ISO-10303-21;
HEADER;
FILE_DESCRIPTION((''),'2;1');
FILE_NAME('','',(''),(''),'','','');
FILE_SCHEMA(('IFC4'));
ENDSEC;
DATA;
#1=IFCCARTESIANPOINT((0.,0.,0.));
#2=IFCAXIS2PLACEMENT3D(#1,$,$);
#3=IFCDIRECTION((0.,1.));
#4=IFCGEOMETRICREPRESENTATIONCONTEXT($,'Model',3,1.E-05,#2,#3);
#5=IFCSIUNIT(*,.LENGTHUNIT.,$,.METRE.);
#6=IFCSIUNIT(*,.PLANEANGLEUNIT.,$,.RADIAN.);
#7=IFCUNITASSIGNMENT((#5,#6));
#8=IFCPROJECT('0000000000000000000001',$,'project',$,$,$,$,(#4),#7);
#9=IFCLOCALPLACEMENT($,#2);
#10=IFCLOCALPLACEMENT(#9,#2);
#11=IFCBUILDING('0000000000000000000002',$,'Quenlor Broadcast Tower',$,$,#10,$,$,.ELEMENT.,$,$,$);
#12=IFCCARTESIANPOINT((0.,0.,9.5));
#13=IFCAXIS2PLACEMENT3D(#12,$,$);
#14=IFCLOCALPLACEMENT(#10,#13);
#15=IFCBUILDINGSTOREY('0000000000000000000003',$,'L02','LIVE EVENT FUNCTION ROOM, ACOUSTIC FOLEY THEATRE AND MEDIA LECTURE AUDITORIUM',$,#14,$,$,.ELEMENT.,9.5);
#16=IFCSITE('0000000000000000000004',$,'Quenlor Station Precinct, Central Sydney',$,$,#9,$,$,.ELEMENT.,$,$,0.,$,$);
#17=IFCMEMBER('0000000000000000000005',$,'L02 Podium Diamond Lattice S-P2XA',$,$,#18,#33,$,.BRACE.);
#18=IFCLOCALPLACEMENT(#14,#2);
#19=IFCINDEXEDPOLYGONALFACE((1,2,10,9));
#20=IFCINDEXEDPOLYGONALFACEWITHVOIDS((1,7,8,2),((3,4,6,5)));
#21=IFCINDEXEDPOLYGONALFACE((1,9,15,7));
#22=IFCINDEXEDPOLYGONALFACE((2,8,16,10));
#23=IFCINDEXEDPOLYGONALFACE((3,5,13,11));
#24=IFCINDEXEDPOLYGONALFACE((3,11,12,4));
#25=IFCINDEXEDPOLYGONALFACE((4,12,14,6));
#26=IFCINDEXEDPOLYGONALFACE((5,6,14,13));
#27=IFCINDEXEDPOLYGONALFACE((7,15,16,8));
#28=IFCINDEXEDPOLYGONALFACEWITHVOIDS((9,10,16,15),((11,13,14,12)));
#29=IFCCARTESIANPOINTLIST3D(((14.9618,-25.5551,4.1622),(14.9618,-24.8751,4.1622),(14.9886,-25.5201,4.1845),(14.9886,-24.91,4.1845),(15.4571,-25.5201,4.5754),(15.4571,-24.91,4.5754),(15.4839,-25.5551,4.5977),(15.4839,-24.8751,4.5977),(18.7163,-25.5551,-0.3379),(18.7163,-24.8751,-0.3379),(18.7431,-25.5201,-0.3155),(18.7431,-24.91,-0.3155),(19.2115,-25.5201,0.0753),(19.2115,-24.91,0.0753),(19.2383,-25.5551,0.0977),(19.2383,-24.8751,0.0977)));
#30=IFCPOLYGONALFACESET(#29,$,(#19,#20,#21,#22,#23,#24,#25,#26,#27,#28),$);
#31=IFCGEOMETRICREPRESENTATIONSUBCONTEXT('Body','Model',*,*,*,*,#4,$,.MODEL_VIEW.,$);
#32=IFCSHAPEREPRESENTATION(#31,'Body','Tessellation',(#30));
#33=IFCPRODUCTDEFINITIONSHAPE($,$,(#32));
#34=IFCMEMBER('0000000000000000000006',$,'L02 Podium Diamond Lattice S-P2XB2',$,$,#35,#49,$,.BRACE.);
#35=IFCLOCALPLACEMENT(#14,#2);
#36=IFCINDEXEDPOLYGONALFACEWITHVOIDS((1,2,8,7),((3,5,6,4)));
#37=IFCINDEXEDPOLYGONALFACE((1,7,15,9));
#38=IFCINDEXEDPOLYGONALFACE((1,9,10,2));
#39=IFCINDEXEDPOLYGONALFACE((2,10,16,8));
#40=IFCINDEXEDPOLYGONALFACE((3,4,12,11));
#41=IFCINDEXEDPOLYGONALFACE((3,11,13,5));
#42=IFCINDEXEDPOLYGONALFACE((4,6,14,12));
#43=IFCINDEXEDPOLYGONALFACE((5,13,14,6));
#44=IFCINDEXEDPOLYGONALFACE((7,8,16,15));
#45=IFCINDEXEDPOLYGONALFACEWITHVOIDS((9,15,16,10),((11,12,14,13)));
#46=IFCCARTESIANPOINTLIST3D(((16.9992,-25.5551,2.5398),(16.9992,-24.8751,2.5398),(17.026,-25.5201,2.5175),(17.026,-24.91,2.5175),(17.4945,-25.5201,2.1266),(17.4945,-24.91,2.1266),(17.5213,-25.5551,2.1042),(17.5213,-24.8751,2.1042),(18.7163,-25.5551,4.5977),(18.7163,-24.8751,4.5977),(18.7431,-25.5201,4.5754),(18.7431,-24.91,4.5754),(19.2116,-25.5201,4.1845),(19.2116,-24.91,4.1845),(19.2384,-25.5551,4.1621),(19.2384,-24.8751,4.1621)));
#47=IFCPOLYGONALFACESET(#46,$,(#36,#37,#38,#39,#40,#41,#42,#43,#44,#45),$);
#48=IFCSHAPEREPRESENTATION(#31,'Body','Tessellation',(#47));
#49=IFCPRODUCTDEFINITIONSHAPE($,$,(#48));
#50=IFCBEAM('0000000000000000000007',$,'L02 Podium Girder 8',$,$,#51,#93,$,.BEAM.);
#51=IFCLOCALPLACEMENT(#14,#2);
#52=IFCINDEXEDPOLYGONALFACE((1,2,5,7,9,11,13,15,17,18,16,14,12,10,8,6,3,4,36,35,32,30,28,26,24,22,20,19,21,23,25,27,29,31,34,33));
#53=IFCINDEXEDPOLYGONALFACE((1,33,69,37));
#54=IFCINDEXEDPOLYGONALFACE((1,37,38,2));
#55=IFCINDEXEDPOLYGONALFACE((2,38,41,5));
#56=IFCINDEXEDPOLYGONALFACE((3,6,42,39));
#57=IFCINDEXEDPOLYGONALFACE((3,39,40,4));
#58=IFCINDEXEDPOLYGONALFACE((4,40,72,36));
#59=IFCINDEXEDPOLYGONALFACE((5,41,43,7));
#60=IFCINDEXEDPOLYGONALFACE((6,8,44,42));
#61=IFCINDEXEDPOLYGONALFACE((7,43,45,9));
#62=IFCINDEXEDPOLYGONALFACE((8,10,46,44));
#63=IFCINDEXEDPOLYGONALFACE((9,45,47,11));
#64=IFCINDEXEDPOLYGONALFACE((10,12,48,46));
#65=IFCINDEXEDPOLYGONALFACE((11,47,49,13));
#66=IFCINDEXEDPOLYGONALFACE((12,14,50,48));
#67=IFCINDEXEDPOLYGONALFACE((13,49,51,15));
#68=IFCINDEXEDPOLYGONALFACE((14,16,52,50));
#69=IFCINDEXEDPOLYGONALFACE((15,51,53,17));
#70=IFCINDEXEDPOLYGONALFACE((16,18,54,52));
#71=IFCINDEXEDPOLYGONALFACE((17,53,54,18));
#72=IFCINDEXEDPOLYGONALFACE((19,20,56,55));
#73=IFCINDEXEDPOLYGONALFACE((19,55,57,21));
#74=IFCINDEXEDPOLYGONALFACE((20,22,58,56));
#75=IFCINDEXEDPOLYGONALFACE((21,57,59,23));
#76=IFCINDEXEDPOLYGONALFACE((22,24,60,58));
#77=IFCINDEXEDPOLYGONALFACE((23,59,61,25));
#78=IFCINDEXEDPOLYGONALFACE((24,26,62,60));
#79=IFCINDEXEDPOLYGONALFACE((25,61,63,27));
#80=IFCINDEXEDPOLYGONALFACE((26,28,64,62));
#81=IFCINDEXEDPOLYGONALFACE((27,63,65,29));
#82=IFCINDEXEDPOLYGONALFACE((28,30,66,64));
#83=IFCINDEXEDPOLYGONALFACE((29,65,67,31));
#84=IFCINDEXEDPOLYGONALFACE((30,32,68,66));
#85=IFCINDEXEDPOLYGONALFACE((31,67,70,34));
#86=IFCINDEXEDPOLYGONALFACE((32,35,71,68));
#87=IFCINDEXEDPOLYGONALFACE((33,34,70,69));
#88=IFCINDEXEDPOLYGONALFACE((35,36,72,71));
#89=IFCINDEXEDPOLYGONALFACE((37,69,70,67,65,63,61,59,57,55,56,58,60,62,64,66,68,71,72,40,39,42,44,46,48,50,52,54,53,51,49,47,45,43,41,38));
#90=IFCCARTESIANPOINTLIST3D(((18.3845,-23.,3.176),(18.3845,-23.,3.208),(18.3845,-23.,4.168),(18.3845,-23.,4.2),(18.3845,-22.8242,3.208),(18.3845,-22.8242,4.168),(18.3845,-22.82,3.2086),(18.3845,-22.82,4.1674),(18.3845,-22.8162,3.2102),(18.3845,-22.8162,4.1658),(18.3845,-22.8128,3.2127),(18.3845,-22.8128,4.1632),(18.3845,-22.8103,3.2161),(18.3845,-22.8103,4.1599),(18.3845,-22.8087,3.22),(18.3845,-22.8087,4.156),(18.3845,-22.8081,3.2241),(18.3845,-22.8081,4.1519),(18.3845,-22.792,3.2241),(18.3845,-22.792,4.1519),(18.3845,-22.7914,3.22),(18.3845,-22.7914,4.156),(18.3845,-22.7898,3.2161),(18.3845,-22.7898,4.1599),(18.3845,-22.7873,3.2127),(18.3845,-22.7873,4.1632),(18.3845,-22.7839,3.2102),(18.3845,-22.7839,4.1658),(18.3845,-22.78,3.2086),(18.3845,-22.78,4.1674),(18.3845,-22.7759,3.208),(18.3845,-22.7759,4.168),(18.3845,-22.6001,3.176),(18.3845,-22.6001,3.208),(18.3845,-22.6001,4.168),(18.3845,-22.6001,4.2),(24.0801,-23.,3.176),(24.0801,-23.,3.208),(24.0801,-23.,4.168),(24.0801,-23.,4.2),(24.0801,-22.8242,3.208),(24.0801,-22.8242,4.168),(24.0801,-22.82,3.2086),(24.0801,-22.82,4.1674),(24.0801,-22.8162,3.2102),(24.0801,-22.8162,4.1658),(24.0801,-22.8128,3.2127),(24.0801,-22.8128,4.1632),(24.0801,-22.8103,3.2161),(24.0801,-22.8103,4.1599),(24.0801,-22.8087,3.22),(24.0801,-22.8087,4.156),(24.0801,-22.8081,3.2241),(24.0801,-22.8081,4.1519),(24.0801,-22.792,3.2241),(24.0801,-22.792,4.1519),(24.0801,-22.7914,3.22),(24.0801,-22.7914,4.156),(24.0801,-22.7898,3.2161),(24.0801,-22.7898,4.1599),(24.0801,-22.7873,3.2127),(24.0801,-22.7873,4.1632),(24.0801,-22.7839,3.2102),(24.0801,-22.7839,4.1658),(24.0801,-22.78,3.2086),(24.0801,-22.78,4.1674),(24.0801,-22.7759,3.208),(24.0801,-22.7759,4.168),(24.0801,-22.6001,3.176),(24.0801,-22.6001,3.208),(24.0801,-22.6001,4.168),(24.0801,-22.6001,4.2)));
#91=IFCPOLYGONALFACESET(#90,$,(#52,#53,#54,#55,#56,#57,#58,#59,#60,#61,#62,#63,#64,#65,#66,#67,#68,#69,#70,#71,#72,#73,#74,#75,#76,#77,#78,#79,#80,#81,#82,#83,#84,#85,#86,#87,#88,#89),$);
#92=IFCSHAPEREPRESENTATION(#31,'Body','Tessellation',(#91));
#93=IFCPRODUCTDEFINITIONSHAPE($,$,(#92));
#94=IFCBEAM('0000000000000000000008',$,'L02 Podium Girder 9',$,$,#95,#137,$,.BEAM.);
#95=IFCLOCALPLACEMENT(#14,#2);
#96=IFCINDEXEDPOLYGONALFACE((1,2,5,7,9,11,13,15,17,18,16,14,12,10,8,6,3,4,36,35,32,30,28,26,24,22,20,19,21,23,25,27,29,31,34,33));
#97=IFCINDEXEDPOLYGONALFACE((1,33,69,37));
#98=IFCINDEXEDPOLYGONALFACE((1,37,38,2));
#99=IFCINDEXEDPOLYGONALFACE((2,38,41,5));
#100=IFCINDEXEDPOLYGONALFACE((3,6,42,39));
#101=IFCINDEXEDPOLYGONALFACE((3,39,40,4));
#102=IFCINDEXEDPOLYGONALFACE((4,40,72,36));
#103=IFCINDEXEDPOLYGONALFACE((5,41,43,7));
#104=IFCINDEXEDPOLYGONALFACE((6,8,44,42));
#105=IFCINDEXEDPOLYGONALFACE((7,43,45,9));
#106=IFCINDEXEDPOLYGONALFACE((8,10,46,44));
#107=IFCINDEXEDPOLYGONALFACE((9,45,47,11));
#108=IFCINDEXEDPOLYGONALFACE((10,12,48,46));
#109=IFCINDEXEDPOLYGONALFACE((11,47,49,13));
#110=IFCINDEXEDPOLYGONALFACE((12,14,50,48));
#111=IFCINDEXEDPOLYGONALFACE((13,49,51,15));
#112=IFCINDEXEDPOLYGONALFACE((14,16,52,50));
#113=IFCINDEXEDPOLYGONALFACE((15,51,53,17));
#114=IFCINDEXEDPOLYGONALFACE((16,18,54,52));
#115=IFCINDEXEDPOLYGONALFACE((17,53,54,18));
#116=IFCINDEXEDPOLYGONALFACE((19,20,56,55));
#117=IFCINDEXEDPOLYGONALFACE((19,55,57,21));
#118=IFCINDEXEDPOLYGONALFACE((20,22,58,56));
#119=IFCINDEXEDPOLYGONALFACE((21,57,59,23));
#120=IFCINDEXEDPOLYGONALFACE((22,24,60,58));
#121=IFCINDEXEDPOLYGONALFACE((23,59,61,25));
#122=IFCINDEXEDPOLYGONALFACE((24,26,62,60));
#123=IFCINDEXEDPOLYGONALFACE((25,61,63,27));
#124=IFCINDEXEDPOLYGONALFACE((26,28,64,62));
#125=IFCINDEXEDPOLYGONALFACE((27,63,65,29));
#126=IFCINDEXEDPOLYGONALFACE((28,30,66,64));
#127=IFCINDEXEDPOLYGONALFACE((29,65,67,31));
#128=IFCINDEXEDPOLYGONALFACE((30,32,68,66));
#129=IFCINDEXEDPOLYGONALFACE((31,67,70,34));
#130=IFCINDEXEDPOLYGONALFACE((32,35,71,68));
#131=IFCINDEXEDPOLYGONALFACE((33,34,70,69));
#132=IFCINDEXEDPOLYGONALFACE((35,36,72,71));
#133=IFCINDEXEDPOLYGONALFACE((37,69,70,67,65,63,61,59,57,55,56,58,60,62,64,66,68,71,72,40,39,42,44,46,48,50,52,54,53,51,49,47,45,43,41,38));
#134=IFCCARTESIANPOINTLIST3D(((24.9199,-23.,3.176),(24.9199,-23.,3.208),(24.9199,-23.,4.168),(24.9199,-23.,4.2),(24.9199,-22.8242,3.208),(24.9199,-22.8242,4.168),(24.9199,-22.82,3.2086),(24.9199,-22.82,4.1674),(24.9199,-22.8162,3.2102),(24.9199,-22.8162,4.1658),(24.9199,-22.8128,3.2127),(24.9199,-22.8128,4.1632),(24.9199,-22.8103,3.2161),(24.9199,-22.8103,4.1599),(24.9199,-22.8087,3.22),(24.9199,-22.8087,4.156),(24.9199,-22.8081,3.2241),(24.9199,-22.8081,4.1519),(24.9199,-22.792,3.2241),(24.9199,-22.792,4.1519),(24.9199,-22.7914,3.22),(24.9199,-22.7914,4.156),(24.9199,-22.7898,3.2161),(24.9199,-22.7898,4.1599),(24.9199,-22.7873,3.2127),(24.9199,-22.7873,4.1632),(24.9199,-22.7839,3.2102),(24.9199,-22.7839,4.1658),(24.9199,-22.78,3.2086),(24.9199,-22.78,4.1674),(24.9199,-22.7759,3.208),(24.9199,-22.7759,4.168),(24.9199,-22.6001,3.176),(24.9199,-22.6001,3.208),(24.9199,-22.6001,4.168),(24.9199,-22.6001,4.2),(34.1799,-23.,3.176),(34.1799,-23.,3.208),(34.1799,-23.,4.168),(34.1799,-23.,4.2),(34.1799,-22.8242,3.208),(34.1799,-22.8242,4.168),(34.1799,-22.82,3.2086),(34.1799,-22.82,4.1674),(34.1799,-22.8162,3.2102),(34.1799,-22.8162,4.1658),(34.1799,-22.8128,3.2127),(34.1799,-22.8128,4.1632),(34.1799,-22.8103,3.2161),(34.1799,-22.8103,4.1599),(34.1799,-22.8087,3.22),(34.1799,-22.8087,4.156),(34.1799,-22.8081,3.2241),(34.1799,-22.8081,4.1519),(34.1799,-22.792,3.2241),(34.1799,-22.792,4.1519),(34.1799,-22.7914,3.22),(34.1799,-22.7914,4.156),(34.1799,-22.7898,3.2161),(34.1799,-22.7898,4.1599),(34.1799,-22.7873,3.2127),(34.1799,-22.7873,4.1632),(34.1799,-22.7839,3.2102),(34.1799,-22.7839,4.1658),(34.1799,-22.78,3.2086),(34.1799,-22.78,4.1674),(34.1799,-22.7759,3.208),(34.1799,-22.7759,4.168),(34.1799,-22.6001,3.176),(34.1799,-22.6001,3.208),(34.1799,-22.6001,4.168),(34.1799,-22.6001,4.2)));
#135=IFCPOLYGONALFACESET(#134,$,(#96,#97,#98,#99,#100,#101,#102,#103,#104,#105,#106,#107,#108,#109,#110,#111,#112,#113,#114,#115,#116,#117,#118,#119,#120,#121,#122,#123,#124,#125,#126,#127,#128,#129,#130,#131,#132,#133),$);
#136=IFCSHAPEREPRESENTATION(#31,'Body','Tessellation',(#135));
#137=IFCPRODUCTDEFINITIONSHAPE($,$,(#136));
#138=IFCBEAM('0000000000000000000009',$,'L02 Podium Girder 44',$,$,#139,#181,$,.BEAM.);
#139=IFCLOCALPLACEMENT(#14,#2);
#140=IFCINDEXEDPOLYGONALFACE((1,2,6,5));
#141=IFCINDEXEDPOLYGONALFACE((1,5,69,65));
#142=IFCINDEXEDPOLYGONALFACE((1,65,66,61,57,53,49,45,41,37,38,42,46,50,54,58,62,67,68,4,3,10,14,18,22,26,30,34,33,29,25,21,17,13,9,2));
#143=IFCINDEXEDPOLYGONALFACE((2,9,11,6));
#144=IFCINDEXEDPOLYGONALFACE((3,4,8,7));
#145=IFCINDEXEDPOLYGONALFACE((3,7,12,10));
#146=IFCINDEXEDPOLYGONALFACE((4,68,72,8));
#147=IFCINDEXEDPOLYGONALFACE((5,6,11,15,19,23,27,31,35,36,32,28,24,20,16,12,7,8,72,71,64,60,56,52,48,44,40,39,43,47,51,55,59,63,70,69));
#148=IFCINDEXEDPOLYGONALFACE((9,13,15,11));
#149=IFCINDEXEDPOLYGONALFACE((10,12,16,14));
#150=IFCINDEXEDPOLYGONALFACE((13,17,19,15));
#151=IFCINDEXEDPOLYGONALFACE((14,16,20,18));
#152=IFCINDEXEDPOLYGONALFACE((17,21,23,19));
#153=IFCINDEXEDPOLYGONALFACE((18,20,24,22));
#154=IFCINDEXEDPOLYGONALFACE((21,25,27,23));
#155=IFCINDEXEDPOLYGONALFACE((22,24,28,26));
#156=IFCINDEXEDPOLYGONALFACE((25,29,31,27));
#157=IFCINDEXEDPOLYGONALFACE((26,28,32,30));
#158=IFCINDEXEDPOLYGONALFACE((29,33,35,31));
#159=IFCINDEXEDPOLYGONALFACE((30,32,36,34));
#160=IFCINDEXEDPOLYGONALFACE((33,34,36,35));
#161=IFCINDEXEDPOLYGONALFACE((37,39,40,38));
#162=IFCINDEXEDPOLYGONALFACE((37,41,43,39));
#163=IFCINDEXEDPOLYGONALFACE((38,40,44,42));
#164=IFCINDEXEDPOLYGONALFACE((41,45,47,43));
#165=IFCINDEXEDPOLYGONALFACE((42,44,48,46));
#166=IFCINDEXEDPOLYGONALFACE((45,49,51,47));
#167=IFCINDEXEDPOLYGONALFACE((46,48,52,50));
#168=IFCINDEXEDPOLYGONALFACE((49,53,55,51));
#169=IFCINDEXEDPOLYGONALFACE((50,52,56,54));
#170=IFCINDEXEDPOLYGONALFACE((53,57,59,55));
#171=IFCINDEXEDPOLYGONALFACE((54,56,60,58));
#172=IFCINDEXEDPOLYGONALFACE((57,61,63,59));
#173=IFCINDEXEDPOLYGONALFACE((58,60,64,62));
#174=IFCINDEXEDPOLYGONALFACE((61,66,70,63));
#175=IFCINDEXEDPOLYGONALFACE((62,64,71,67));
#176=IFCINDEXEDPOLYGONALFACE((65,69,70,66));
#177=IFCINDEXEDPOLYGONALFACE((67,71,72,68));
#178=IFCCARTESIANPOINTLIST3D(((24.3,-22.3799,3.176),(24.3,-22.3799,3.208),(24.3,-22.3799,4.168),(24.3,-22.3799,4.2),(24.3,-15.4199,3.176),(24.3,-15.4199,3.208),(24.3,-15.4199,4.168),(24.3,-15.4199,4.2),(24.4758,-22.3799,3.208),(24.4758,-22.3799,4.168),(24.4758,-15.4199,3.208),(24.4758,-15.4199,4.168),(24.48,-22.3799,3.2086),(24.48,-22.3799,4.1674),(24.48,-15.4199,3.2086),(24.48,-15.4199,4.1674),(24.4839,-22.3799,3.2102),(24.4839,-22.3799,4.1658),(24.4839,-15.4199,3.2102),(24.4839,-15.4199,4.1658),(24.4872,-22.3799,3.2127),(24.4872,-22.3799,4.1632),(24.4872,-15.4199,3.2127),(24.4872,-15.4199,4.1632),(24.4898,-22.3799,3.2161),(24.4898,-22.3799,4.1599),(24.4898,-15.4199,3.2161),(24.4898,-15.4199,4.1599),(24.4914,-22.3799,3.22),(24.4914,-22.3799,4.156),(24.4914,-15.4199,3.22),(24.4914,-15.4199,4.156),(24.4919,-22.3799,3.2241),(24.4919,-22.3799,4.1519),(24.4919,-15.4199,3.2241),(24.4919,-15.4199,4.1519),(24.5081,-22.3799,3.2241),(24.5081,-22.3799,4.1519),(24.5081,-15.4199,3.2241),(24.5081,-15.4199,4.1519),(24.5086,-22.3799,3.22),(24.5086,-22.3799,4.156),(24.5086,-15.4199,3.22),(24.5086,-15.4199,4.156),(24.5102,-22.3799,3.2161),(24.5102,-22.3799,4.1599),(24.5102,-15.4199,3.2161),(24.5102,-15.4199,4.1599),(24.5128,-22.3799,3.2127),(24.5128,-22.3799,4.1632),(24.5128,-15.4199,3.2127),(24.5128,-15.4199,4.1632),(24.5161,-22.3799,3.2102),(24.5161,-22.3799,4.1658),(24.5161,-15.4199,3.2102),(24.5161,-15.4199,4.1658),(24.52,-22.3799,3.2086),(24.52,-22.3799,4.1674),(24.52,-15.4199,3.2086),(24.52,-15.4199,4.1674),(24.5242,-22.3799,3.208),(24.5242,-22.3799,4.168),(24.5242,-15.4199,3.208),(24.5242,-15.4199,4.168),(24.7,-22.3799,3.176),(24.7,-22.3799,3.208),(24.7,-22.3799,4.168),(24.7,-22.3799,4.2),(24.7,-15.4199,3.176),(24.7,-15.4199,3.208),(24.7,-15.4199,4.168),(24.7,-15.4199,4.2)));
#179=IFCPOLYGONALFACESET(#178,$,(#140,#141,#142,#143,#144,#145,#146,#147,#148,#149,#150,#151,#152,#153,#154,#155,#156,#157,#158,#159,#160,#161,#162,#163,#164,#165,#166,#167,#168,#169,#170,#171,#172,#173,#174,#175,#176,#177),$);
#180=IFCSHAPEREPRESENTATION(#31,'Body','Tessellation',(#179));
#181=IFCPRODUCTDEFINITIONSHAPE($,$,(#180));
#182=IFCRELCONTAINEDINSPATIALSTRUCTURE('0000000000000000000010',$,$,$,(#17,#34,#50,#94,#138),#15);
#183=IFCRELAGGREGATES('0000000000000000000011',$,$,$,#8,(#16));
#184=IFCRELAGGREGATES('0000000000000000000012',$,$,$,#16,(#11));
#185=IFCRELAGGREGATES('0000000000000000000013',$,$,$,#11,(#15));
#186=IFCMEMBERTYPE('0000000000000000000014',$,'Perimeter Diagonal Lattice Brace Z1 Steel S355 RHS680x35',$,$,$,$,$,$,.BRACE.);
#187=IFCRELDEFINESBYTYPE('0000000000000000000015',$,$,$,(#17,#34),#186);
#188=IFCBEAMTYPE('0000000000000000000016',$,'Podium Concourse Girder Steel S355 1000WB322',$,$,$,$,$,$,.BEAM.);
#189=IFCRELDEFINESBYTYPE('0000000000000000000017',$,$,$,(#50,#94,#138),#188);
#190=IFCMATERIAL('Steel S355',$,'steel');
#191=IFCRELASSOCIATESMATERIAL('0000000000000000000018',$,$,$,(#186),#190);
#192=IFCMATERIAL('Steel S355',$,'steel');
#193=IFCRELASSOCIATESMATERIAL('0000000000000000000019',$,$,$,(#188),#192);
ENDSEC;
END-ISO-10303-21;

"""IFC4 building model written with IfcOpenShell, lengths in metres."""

from ifc_helpers import new_model, si_unit, direction, frame, origin, origin_2d, place, context, subcontext, project, spatial, hollow_rectangle, i_section, extrude, material, material_profile, profile_set, type_object, element, save


model = new_model("IFC4")

# Units and contexts
model_context = context("Model", 3, precision=1e-05, world=origin(), true_north=direction((0.0, 1.0)))
body_context = subcontext(model_context, "Body", "Model", "MODEL_VIEW")
ifc_project = project(units=[si_unit("LENGTHUNIT", "METRE"), si_unit("PLANEANGLEUNIT", "RADIAN")], contexts=[model_context])

# Site, building, storey
site_placement = place(None, origin())
site = spatial("IfcSite", under=ifc_project, at=site_placement, Name="Quenlor Station Precinct, Central Sydney", CompositionType="ELEMENT", RefElevation=0.0)
building_placement = place(site_placement, origin())
building = spatial("IfcBuilding", under=site, at=building_placement, Name="Quenlor Broadcast Tower", CompositionType="ELEMENT")
storey_placement = place(building_placement, frame((0.0, 0.0, 9.5)))
storey = spatial("IfcBuildingStorey", under=building, at=storey_placement, Name="L02", Description="LIVE EVENT FUNCTION ROOM, ACOUSTIC FOLEY THEATRE AND MEDIA LECTURE AUDITORIUM", CompositionType="ELEMENT", Elevation=9.5)

# Members
ifc_material_1 = material(Name="Steel S355", Category="steel")
ifc_material_profile_1 = material_profile(ifc_material_1, hollow_rectangle(XDim=0.6799, YDim=0.6799, WallThickness=0.0349, at=origin_2d()))
ifc_profile_set_1 = profile_set([ifc_material_profile_1], Name="Steel S355 RHS680x680x35")
member_type_1 = type_object("IfcMemberType", Name="Perimeter Diagonal Lattice Brace Z1 Steel S355 RHS680x35", PredefinedType="BRACE", material=ifc_profile_set_1)
member_1_placement = place(storey_placement, frame((18.9773, -25.2151, -0.1201), z_axis=(-0.640627, 0.0, 0.767852), x_axis=(0.0, -1.0, 0.0)))
element("IfcMember", 1, at=member_1_placement, inside=storey, type_object=member_type_1, Name="L02 Podium Diamond Lattice S-P2XA", PredefinedType="BRACE", context=body_context, shape_type="SweptSolid", body=[
    extrude(hollow_rectangle(XDim=0.6799, YDim=0.6799, WallThickness=0.0349, at=origin_2d()), origin(), (0.0, 0.0, 1.0), 5.8606),
])
member_2_placement = place(storey_placement, frame((17.2603, -25.2151, 2.322), z_axis=(0.640659, 0.0, 0.767825), x_axis=(0.0, 1.0, 0.0)))
element("IfcMember", 2, at=member_2_placement, inside=storey, type_object=member_type_1, Name="L02 Podium Diamond Lattice S-P2XB2", PredefinedType="BRACE", context=body_context, shape_type="SweptSolid", body=[
    extrude(hollow_rectangle(XDim=0.6799, YDim=0.6799, WallThickness=0.0349, at=origin_2d()), origin(), (0.0, 0.0, 1.0), 2.6802),
])

# Beams
ifc_material_2 = material(Name="Steel S355", Category="steel")
ifc_material_profile_2 = material_profile(ifc_material_2, i_section(OverallWidth=0.3999, OverallDepth=1.0239, WebThickness=0.0161, FlangeThickness=0.032, FilletRadius=0.0161, at=origin_2d()))
ifc_profile_set_2 = profile_set([ifc_material_profile_2], Name="Steel S355 1000WB322")
beam_type_1 = type_object("IfcBeamType", Name="Podium Concourse Girder Steel S355 1000WB322", PredefinedType="BEAM", material=ifc_profile_set_2)
beam_1_placement = place(storey_placement, frame((18.3845, -22.8, 3.688), z_axis=(1.0, 0.0, 0.0), x_axis=(0.0, 1.0, 0.0)))
element("IfcBeam", 3, at=beam_1_placement, inside=storey, type_object=beam_type_1, Name="L02 Podium Girder 8", PredefinedType="BEAM", context=body_context, shape_type="SweptSolid", body=[
    extrude(i_section(OverallWidth=0.3999, OverallDepth=1.0239, WebThickness=0.0161, FlangeThickness=0.032, FilletRadius=0.0161, at=origin_2d()), origin(), (0.0, 0.0, 1.0), 5.6956),
])
beam_2_placement = place(storey_placement, frame((24.9199, -22.8, 3.688), z_axis=(1.0, 0.0, 0.0), x_axis=(0.0, 1.0, 0.0)))
element("IfcBeam", 4, at=beam_2_placement, inside=storey, type_object=beam_type_1, Name="L02 Podium Girder 9", PredefinedType="BEAM", context=body_context, shape_type="SweptSolid", body=[
    extrude(i_section(OverallWidth=0.3999, OverallDepth=1.0239, WebThickness=0.0161, FlangeThickness=0.032, FilletRadius=0.0161, at=origin_2d()), origin(), (0.0, 0.0, 1.0), 9.26),
])
beam_3_placement = place(storey_placement, frame((24.5, -22.3799, 3.688), z_axis=(0.0, 1.0, 0.0), x_axis=(-1.0, 0.0, 0.0)))
element("IfcBeam", 5, at=beam_3_placement, inside=storey, type_object=beam_type_1, Name="L02 Podium Girder 44", PredefinedType="BEAM", context=body_context, shape_type="SweptSolid", body=[
    extrude(i_section(OverallWidth=0.3999, OverallDepth=1.0239, WebThickness=0.0161, FlangeThickness=0.032, FilletRadius=0.0161, at=origin_2d()), origin(), (0.0, 0.0, 1.0), 6.96),
])

save(model, "model.ifc")
